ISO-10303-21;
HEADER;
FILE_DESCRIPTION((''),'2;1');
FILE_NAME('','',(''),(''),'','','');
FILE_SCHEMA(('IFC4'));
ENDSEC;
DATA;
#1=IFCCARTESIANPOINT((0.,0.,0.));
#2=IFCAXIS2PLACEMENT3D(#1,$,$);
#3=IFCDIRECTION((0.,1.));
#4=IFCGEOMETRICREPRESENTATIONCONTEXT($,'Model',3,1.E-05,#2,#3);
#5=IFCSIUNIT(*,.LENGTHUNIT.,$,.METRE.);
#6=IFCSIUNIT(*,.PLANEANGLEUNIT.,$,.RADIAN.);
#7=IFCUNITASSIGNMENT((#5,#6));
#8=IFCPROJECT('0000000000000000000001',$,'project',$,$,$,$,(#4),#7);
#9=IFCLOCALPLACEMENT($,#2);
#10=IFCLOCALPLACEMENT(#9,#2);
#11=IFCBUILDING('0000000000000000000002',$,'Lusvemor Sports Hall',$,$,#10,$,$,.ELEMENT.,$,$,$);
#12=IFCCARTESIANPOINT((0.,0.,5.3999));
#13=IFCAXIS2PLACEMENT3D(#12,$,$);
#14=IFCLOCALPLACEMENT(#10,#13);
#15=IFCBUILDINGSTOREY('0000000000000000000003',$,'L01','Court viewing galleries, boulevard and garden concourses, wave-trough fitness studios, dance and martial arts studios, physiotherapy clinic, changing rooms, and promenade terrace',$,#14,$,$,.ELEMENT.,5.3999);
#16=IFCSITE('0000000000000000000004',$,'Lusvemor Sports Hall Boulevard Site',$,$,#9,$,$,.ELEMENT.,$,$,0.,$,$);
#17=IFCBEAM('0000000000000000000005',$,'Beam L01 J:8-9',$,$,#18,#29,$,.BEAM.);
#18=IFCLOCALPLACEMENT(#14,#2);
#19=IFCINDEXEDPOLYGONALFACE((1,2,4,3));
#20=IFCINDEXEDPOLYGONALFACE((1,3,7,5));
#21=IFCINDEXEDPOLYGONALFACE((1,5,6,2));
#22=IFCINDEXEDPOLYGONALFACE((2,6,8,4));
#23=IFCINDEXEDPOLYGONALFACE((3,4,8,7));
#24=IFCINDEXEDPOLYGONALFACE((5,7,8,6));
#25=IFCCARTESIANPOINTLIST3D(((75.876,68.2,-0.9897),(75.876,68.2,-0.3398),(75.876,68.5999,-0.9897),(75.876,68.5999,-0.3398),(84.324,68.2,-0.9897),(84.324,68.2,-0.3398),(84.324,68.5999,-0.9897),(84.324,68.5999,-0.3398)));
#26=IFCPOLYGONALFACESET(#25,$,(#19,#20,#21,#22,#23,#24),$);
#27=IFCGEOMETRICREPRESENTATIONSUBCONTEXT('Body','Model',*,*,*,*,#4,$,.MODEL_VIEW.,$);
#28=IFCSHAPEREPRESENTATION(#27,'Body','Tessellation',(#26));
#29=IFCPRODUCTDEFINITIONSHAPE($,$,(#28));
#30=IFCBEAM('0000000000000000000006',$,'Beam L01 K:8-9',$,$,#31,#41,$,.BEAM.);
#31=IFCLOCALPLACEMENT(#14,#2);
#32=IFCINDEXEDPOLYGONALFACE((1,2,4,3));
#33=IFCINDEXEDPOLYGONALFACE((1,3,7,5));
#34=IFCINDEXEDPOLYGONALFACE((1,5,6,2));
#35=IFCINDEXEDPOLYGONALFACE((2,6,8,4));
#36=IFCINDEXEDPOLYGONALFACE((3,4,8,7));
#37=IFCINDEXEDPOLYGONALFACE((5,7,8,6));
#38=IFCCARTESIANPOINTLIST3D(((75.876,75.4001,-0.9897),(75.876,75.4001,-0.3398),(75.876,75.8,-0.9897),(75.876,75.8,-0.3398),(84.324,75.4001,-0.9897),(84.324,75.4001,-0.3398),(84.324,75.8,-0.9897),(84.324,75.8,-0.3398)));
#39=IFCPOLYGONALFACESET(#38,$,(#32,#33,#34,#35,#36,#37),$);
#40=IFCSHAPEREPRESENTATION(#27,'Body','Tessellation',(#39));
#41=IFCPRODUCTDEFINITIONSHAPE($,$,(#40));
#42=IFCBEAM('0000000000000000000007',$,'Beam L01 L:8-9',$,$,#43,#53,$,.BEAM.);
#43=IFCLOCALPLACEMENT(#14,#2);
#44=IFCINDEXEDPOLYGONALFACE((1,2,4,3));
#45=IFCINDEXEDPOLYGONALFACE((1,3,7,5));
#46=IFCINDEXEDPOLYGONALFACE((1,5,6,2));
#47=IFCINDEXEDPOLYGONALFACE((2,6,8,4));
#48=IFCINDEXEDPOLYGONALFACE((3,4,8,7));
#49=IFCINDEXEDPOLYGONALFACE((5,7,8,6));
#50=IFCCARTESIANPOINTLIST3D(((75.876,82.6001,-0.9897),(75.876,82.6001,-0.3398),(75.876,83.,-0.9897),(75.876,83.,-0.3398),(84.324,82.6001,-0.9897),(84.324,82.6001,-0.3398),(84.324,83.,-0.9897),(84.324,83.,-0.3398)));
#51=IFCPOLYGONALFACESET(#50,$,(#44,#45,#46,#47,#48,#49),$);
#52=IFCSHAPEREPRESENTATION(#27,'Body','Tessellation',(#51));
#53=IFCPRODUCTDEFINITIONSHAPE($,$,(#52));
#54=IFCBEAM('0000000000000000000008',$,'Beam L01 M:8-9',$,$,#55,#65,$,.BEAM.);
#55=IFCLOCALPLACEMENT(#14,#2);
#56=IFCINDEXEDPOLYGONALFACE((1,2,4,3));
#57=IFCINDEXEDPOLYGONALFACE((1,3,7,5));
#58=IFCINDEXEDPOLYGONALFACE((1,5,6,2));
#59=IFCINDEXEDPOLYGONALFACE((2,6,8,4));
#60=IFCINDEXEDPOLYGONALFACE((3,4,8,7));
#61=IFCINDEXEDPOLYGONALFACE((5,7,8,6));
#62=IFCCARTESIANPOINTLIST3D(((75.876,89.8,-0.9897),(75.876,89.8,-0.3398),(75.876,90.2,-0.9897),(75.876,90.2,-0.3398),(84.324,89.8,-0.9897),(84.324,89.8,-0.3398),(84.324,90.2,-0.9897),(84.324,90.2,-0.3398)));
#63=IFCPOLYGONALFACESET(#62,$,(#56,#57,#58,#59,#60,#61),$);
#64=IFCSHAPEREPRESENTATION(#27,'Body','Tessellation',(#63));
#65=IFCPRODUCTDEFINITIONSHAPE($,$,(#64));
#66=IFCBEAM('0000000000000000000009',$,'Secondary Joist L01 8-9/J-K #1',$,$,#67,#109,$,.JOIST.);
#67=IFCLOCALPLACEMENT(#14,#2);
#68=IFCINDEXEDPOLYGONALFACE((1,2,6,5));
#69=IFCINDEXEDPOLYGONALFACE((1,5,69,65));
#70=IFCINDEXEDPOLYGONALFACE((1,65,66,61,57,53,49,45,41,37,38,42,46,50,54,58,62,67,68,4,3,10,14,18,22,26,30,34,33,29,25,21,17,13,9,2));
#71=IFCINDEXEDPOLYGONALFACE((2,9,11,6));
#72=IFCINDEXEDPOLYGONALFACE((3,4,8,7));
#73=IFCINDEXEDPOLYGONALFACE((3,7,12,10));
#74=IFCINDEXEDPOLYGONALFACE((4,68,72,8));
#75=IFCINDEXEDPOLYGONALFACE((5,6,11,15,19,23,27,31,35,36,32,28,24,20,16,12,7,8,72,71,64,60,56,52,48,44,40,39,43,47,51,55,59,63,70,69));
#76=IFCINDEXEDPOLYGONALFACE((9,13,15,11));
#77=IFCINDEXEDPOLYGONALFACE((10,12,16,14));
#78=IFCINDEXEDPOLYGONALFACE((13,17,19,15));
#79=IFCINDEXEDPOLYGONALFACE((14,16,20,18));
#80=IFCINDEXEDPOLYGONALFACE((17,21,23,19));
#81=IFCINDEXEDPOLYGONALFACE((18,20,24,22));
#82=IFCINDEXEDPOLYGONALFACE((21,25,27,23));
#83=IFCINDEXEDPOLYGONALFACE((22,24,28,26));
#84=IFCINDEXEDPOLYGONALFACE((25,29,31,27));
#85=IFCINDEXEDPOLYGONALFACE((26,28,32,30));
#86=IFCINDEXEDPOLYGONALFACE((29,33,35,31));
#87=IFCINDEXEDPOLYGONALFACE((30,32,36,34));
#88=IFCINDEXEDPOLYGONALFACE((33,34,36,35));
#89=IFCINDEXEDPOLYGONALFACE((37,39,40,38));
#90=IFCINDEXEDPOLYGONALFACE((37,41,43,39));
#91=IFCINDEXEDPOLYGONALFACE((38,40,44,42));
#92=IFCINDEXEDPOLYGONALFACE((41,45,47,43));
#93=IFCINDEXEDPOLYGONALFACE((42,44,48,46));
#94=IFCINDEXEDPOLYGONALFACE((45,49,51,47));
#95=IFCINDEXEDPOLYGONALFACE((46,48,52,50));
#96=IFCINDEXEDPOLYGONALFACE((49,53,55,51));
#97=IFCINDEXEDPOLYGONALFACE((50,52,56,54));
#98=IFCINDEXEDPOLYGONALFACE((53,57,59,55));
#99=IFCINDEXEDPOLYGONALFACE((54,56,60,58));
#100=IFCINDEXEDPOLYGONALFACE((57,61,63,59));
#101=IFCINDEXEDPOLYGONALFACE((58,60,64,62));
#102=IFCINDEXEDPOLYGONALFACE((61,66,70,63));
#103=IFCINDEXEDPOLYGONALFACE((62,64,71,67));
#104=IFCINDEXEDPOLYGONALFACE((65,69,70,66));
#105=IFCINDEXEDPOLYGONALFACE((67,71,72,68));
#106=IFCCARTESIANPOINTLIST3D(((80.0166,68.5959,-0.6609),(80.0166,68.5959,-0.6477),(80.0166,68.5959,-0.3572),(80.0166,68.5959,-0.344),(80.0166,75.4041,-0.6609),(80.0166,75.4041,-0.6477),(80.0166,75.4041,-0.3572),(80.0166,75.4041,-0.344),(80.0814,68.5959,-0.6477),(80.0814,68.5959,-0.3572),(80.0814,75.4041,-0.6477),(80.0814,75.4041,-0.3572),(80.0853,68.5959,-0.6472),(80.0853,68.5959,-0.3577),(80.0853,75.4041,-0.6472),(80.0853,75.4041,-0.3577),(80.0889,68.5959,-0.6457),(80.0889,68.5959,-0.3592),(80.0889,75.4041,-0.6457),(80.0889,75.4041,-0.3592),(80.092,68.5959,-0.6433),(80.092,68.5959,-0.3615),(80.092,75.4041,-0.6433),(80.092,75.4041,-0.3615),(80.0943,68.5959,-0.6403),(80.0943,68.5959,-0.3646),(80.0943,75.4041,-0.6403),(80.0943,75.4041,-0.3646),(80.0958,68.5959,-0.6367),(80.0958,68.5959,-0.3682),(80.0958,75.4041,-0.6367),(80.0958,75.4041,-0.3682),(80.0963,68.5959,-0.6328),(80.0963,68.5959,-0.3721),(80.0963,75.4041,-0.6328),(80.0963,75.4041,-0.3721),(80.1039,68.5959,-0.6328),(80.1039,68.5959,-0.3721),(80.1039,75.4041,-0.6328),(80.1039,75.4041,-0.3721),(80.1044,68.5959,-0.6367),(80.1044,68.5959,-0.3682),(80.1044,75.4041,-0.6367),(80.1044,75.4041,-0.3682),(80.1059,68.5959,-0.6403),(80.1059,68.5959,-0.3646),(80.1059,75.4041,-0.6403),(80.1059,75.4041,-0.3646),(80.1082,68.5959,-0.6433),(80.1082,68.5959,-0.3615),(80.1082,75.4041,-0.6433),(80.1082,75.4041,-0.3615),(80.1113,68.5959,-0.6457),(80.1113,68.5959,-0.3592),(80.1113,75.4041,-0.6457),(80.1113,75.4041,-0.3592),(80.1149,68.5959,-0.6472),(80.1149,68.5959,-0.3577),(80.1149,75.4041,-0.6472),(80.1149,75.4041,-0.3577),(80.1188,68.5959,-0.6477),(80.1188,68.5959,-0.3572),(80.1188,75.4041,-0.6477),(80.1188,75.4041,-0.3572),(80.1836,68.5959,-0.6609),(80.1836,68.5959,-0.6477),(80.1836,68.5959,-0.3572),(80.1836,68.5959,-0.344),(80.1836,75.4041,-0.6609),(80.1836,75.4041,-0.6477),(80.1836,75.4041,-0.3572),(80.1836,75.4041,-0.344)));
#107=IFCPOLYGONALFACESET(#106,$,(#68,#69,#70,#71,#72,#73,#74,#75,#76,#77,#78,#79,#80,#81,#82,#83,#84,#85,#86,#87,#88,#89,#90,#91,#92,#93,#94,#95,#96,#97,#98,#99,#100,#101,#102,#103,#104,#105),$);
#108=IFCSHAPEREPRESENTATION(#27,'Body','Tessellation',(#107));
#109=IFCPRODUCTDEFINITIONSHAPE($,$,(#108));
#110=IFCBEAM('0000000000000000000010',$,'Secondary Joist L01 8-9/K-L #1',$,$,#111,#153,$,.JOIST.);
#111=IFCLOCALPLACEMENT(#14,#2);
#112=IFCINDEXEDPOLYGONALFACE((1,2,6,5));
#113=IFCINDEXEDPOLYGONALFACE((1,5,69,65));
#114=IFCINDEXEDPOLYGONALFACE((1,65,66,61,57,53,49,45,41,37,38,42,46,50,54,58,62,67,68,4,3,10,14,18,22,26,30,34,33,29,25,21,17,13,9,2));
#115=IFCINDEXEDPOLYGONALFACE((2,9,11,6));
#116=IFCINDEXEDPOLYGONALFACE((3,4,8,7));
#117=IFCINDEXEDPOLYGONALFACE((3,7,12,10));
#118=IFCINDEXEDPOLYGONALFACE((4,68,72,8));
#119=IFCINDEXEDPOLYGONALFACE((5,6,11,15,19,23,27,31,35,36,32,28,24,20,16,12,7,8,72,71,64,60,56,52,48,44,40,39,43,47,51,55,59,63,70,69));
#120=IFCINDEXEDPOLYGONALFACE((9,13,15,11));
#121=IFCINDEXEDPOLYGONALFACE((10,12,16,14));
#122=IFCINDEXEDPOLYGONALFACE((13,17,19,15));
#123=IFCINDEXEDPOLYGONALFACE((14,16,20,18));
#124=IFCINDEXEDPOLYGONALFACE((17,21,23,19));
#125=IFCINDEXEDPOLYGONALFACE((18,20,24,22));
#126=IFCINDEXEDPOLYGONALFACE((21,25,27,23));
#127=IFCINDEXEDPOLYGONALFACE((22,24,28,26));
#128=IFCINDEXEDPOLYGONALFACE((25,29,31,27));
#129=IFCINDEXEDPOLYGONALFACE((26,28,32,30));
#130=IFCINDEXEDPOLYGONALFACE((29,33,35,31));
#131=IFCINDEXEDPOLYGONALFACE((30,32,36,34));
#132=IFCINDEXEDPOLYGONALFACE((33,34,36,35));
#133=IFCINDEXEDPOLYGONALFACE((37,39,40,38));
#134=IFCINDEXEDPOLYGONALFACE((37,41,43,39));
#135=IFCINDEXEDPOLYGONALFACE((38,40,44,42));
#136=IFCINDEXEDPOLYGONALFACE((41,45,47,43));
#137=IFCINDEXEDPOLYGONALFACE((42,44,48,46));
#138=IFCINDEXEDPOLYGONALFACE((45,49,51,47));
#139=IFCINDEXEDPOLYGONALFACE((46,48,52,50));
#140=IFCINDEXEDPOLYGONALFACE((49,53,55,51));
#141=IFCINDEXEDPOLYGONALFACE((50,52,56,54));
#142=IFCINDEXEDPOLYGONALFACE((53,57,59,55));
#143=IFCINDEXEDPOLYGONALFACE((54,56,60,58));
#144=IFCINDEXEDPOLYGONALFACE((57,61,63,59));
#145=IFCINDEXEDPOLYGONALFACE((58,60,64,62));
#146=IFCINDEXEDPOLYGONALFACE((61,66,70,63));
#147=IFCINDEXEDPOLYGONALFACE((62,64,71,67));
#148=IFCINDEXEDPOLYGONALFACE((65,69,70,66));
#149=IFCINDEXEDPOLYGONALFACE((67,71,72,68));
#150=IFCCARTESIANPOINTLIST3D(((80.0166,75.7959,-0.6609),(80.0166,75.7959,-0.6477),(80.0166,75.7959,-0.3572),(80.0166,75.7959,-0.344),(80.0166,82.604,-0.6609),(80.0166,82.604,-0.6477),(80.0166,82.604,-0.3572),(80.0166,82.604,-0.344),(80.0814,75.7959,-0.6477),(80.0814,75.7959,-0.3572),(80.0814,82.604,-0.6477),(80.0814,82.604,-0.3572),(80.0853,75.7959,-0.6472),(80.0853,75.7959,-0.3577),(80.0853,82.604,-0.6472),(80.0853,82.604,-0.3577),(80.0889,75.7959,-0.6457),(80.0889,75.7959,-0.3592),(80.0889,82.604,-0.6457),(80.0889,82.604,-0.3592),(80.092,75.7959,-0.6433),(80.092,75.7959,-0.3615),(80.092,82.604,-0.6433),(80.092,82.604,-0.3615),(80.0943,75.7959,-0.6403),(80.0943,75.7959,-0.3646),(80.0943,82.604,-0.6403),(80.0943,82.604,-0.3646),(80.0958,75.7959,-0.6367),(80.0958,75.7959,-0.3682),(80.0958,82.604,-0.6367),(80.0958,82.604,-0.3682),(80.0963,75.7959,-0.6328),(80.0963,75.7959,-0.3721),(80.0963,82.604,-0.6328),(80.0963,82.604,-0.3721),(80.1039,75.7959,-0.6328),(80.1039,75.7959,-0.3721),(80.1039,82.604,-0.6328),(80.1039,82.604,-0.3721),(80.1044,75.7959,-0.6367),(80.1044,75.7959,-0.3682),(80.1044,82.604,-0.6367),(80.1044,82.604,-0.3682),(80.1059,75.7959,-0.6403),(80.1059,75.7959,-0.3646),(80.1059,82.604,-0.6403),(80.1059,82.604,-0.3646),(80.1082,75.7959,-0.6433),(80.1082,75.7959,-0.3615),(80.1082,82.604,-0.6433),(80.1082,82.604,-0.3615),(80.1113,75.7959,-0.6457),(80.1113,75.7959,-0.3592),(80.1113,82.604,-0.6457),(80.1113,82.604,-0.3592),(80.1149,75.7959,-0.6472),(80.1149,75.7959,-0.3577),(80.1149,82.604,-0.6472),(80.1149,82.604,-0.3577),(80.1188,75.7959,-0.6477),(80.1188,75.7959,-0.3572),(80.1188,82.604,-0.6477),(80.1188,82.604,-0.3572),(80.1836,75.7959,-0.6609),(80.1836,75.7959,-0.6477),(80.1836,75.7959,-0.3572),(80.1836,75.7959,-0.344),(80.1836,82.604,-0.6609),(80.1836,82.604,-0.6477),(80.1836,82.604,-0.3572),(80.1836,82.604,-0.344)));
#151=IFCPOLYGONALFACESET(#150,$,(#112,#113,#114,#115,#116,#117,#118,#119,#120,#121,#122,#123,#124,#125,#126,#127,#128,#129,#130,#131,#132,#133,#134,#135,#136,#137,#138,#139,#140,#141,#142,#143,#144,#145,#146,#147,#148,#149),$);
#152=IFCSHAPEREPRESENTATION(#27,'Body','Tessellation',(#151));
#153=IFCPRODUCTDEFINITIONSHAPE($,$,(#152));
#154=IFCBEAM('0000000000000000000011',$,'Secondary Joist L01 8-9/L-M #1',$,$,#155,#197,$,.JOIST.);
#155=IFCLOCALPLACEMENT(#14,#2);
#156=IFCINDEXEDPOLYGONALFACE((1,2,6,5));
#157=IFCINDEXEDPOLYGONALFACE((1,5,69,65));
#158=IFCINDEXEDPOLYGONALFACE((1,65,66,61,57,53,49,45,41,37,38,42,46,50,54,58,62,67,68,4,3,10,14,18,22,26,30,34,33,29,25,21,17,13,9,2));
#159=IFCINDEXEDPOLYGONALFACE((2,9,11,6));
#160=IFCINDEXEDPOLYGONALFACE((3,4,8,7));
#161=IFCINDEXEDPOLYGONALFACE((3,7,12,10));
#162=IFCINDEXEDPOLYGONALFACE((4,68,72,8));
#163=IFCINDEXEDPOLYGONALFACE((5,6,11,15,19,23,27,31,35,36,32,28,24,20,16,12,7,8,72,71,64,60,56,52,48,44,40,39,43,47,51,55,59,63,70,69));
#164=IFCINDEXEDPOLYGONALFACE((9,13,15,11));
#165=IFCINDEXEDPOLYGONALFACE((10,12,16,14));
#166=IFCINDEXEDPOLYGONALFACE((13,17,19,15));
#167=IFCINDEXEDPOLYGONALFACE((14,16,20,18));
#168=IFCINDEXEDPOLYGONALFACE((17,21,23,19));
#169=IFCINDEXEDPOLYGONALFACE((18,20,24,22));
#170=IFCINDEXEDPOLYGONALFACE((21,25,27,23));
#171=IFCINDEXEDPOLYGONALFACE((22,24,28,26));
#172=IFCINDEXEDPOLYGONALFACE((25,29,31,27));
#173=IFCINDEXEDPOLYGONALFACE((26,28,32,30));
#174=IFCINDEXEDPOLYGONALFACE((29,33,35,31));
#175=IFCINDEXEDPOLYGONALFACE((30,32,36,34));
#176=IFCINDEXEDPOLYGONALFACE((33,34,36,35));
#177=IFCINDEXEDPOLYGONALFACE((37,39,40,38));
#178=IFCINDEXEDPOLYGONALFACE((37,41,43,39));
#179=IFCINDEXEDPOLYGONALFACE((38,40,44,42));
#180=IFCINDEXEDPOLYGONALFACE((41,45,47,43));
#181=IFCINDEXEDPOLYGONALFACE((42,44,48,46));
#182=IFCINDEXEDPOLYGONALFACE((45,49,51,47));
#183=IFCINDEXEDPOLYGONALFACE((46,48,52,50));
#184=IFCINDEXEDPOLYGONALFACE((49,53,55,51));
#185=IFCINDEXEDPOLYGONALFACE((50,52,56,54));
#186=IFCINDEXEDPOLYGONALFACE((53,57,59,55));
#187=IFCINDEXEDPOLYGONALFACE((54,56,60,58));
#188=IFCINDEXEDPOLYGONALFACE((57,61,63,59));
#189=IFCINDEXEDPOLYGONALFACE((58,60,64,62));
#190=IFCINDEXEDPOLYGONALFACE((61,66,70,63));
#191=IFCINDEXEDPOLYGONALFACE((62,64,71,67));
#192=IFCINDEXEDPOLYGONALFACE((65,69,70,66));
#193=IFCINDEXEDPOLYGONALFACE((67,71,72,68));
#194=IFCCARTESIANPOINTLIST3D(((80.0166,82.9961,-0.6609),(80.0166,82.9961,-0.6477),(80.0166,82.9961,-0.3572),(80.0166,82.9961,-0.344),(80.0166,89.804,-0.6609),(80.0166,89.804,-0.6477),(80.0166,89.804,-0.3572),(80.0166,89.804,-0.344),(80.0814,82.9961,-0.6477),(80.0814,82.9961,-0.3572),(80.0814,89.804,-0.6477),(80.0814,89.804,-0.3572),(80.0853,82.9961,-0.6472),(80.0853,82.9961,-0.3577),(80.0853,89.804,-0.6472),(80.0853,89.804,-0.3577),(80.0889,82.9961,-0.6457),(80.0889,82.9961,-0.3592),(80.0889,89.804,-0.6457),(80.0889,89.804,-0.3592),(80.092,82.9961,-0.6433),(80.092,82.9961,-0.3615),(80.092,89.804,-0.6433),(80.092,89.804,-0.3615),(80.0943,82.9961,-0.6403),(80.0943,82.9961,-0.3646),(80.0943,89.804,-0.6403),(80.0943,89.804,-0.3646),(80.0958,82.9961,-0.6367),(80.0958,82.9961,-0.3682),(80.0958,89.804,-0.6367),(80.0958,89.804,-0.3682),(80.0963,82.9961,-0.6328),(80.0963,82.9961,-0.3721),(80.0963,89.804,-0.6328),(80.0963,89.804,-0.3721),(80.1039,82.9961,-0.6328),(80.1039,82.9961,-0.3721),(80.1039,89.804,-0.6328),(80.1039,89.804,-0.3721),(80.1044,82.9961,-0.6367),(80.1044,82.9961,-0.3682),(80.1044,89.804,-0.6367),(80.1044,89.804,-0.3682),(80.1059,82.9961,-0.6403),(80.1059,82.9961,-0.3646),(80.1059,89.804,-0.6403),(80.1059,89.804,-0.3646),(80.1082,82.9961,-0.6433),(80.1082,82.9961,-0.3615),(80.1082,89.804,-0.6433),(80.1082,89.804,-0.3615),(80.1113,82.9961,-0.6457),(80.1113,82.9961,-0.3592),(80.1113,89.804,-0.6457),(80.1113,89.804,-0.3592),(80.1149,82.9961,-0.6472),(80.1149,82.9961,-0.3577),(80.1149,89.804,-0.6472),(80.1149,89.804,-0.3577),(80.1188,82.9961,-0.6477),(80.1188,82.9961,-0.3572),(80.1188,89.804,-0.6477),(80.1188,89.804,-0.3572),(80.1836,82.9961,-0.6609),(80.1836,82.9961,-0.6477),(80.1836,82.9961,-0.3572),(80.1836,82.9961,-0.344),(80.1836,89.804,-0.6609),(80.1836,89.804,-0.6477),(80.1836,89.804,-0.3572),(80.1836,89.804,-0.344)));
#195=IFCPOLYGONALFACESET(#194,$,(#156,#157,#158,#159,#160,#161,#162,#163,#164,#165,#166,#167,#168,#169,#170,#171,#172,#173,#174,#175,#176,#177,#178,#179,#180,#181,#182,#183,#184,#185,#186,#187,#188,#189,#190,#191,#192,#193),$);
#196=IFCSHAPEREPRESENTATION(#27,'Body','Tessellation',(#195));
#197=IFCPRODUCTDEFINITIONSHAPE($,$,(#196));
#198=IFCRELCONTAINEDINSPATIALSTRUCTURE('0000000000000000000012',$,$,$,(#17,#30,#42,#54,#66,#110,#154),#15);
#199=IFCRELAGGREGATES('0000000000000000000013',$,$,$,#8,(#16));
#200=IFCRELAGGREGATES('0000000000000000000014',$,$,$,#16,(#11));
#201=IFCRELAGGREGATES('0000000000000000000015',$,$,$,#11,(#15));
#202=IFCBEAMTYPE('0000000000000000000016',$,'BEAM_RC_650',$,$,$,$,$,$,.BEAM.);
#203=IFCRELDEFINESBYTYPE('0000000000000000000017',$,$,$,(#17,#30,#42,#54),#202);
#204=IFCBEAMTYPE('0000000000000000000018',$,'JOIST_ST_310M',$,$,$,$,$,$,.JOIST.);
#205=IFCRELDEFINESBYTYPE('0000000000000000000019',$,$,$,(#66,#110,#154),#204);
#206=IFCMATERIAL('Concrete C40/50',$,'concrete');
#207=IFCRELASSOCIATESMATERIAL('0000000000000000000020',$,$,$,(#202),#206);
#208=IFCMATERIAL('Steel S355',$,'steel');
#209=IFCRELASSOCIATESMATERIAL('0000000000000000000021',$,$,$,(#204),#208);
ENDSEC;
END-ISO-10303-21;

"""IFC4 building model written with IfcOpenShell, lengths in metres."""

from ifc_helpers import new_model, si_unit, direction, frame, origin, origin_2d, place, context, subcontext, project, spatial, rectangle, i_section, extrude, material, material_profile, profile_set, type_object, element, save


model = new_model("IFC4")

# Units and contexts
model_context = context("Model", 3, precision=1e-05, world=origin(), true_north=direction((0.0, 1.0)))
body_context = subcontext(model_context, "Body", "Model", "MODEL_VIEW")
ifc_project = project(units=[si_unit("LENGTHUNIT", "METRE"), si_unit("PLANEANGLEUNIT", "RADIAN")], contexts=[model_context])

# Site, building, storey
site_placement = place(None, origin())
site = spatial("IfcSite", under=ifc_project, at=site_placement, Name="Lusvemor Sports Hall Boulevard Site", CompositionType="ELEMENT", RefElevation=0.0)
building_placement = place(site_placement, origin())
building = spatial("IfcBuilding", under=site, at=building_placement, Name="Lusvemor Sports Hall", CompositionType="ELEMENT")
storey_placement = place(building_placement, frame((0.0, 0.0, 5.3999)))
storey = spatial("IfcBuildingStorey", under=building, at=storey_placement, Name="L01", Description="Court viewing galleries, boulevard and garden concourses, wave-trough fitness studios, dance and martial arts studios, physiotherapy clinic, changing rooms, and promenade terrace", CompositionType="ELEMENT", Elevation=5.3999)

# Beams
ifc_material_1 = material(Name="Concrete C40/50", Category="concrete")
ifc_material_profile_1 = material_profile(ifc_material_1, rectangle(XDim=0.3999, YDim=0.6499, at=origin_2d()), Name="RC400x650")
ifc_profile_set_1 = profile_set([ifc_material_profile_1], Name="Concrete C40/50")
beam_type_1 = type_object("IfcBeamType", Name="BEAM_RC_650", PredefinedType="BEAM", material=ifc_profile_set_1)
for number, where, z_axis, x_axis, name in (
    (1, (75.876, 68.3999, -0.6648), (1.0, 0.0, 0.0), (0.0, 1.0, 0.0), "Beam L01 J:8-9"),
    (2, (75.876, 75.6001, -0.6648), (1.0, 0.0, 0.0), (0.0, 1.0, 0.0), "Beam L01 K:8-9"),
    (3, (75.876, 82.8, -0.6648), (1.0, 0.0, 0.0), (0.0, 1.0, 0.0), "Beam L01 L:8-9"),
    (4, (75.876, 90.0, -0.6648), (1.0, 0.0, 0.0), (0.0, 1.0, 0.0), "Beam L01 M:8-9"),
):
    element("IfcBeam", number, at=place(storey_placement, frame(where, z_axis=z_axis, x_axis=x_axis)), inside=storey, type_object=beam_type_1, Name=name, PredefinedType="BEAM", context=body_context, shape_type="SweptSolid", body=[
        extrude(rectangle(XDim=0.3999, YDim=0.6499, at=origin_2d()), origin(), (0.0, 0.0, 1.0), 8.448),
    ])
ifc_material_2 = material(Name="Steel S355", Category="steel")
ifc_material_profile_2 = material_profile(ifc_material_2, i_section(OverallWidth=0.167, OverallDepth=0.3169, WebThickness=0.0076, FlangeThickness=0.0132, FilletRadius=0.0149, at=origin_2d()), Name="W310x52.0")
ifc_profile_set_2 = profile_set([ifc_material_profile_2], Name="Steel S355")
beam_type_2 = type_object("IfcBeamType", Name="JOIST_ST_310M", PredefinedType="JOIST", material=ifc_profile_set_2)
for number, where, z_axis, x_axis, name in (
    (5, (80.1001, 68.5959, -0.5024), (0.0, 1.0, 0.0), (-1.0, 0.0, 0.0), "Secondary Joist L01 8-9/J-K #1"),
    (6, (80.1001, 75.7959, -0.5024), (0.0, 1.0, 0.0), (-1.0, 0.0, 0.0), "Secondary Joist L01 8-9/K-L #1"),
):
    element("IfcBeam", number, at=place(storey_placement, frame(where, z_axis=z_axis, x_axis=x_axis)), inside=storey, type_object=beam_type_2, Name=name, PredefinedType="JOIST", context=body_context, shape_type="SweptSolid", body=[
        extrude(i_section(OverallWidth=0.167, OverallDepth=0.3169, WebThickness=0.0076, FlangeThickness=0.0132, FilletRadius=0.0149, at=origin_2d()), origin(), (0.0, 0.0, 1.0), 6.8081),
    ])
for number, where, z_axis, x_axis, name in (
    (7, (80.1001, 82.9961, -0.5024), (0.0, 1.0, 0.0), (-1.0, 0.0, 0.0), "Secondary Joist L01 8-9/L-M #1"),
):
    element("IfcBeam", number, at=place(storey_placement, frame(where, z_axis=z_axis, x_axis=x_axis)), inside=storey, type_object=beam_type_2, Name=name, PredefinedType="JOIST", context=body_context, shape_type="SweptSolid", body=[
        extrude(i_section(OverallWidth=0.167, OverallDepth=0.3169, WebThickness=0.0076, FlangeThickness=0.0132, FilletRadius=0.0149, at=origin_2d()), origin(), (0.0, 0.0, 1.0), 6.8079),
    ])

save(model, "model.ifc")
